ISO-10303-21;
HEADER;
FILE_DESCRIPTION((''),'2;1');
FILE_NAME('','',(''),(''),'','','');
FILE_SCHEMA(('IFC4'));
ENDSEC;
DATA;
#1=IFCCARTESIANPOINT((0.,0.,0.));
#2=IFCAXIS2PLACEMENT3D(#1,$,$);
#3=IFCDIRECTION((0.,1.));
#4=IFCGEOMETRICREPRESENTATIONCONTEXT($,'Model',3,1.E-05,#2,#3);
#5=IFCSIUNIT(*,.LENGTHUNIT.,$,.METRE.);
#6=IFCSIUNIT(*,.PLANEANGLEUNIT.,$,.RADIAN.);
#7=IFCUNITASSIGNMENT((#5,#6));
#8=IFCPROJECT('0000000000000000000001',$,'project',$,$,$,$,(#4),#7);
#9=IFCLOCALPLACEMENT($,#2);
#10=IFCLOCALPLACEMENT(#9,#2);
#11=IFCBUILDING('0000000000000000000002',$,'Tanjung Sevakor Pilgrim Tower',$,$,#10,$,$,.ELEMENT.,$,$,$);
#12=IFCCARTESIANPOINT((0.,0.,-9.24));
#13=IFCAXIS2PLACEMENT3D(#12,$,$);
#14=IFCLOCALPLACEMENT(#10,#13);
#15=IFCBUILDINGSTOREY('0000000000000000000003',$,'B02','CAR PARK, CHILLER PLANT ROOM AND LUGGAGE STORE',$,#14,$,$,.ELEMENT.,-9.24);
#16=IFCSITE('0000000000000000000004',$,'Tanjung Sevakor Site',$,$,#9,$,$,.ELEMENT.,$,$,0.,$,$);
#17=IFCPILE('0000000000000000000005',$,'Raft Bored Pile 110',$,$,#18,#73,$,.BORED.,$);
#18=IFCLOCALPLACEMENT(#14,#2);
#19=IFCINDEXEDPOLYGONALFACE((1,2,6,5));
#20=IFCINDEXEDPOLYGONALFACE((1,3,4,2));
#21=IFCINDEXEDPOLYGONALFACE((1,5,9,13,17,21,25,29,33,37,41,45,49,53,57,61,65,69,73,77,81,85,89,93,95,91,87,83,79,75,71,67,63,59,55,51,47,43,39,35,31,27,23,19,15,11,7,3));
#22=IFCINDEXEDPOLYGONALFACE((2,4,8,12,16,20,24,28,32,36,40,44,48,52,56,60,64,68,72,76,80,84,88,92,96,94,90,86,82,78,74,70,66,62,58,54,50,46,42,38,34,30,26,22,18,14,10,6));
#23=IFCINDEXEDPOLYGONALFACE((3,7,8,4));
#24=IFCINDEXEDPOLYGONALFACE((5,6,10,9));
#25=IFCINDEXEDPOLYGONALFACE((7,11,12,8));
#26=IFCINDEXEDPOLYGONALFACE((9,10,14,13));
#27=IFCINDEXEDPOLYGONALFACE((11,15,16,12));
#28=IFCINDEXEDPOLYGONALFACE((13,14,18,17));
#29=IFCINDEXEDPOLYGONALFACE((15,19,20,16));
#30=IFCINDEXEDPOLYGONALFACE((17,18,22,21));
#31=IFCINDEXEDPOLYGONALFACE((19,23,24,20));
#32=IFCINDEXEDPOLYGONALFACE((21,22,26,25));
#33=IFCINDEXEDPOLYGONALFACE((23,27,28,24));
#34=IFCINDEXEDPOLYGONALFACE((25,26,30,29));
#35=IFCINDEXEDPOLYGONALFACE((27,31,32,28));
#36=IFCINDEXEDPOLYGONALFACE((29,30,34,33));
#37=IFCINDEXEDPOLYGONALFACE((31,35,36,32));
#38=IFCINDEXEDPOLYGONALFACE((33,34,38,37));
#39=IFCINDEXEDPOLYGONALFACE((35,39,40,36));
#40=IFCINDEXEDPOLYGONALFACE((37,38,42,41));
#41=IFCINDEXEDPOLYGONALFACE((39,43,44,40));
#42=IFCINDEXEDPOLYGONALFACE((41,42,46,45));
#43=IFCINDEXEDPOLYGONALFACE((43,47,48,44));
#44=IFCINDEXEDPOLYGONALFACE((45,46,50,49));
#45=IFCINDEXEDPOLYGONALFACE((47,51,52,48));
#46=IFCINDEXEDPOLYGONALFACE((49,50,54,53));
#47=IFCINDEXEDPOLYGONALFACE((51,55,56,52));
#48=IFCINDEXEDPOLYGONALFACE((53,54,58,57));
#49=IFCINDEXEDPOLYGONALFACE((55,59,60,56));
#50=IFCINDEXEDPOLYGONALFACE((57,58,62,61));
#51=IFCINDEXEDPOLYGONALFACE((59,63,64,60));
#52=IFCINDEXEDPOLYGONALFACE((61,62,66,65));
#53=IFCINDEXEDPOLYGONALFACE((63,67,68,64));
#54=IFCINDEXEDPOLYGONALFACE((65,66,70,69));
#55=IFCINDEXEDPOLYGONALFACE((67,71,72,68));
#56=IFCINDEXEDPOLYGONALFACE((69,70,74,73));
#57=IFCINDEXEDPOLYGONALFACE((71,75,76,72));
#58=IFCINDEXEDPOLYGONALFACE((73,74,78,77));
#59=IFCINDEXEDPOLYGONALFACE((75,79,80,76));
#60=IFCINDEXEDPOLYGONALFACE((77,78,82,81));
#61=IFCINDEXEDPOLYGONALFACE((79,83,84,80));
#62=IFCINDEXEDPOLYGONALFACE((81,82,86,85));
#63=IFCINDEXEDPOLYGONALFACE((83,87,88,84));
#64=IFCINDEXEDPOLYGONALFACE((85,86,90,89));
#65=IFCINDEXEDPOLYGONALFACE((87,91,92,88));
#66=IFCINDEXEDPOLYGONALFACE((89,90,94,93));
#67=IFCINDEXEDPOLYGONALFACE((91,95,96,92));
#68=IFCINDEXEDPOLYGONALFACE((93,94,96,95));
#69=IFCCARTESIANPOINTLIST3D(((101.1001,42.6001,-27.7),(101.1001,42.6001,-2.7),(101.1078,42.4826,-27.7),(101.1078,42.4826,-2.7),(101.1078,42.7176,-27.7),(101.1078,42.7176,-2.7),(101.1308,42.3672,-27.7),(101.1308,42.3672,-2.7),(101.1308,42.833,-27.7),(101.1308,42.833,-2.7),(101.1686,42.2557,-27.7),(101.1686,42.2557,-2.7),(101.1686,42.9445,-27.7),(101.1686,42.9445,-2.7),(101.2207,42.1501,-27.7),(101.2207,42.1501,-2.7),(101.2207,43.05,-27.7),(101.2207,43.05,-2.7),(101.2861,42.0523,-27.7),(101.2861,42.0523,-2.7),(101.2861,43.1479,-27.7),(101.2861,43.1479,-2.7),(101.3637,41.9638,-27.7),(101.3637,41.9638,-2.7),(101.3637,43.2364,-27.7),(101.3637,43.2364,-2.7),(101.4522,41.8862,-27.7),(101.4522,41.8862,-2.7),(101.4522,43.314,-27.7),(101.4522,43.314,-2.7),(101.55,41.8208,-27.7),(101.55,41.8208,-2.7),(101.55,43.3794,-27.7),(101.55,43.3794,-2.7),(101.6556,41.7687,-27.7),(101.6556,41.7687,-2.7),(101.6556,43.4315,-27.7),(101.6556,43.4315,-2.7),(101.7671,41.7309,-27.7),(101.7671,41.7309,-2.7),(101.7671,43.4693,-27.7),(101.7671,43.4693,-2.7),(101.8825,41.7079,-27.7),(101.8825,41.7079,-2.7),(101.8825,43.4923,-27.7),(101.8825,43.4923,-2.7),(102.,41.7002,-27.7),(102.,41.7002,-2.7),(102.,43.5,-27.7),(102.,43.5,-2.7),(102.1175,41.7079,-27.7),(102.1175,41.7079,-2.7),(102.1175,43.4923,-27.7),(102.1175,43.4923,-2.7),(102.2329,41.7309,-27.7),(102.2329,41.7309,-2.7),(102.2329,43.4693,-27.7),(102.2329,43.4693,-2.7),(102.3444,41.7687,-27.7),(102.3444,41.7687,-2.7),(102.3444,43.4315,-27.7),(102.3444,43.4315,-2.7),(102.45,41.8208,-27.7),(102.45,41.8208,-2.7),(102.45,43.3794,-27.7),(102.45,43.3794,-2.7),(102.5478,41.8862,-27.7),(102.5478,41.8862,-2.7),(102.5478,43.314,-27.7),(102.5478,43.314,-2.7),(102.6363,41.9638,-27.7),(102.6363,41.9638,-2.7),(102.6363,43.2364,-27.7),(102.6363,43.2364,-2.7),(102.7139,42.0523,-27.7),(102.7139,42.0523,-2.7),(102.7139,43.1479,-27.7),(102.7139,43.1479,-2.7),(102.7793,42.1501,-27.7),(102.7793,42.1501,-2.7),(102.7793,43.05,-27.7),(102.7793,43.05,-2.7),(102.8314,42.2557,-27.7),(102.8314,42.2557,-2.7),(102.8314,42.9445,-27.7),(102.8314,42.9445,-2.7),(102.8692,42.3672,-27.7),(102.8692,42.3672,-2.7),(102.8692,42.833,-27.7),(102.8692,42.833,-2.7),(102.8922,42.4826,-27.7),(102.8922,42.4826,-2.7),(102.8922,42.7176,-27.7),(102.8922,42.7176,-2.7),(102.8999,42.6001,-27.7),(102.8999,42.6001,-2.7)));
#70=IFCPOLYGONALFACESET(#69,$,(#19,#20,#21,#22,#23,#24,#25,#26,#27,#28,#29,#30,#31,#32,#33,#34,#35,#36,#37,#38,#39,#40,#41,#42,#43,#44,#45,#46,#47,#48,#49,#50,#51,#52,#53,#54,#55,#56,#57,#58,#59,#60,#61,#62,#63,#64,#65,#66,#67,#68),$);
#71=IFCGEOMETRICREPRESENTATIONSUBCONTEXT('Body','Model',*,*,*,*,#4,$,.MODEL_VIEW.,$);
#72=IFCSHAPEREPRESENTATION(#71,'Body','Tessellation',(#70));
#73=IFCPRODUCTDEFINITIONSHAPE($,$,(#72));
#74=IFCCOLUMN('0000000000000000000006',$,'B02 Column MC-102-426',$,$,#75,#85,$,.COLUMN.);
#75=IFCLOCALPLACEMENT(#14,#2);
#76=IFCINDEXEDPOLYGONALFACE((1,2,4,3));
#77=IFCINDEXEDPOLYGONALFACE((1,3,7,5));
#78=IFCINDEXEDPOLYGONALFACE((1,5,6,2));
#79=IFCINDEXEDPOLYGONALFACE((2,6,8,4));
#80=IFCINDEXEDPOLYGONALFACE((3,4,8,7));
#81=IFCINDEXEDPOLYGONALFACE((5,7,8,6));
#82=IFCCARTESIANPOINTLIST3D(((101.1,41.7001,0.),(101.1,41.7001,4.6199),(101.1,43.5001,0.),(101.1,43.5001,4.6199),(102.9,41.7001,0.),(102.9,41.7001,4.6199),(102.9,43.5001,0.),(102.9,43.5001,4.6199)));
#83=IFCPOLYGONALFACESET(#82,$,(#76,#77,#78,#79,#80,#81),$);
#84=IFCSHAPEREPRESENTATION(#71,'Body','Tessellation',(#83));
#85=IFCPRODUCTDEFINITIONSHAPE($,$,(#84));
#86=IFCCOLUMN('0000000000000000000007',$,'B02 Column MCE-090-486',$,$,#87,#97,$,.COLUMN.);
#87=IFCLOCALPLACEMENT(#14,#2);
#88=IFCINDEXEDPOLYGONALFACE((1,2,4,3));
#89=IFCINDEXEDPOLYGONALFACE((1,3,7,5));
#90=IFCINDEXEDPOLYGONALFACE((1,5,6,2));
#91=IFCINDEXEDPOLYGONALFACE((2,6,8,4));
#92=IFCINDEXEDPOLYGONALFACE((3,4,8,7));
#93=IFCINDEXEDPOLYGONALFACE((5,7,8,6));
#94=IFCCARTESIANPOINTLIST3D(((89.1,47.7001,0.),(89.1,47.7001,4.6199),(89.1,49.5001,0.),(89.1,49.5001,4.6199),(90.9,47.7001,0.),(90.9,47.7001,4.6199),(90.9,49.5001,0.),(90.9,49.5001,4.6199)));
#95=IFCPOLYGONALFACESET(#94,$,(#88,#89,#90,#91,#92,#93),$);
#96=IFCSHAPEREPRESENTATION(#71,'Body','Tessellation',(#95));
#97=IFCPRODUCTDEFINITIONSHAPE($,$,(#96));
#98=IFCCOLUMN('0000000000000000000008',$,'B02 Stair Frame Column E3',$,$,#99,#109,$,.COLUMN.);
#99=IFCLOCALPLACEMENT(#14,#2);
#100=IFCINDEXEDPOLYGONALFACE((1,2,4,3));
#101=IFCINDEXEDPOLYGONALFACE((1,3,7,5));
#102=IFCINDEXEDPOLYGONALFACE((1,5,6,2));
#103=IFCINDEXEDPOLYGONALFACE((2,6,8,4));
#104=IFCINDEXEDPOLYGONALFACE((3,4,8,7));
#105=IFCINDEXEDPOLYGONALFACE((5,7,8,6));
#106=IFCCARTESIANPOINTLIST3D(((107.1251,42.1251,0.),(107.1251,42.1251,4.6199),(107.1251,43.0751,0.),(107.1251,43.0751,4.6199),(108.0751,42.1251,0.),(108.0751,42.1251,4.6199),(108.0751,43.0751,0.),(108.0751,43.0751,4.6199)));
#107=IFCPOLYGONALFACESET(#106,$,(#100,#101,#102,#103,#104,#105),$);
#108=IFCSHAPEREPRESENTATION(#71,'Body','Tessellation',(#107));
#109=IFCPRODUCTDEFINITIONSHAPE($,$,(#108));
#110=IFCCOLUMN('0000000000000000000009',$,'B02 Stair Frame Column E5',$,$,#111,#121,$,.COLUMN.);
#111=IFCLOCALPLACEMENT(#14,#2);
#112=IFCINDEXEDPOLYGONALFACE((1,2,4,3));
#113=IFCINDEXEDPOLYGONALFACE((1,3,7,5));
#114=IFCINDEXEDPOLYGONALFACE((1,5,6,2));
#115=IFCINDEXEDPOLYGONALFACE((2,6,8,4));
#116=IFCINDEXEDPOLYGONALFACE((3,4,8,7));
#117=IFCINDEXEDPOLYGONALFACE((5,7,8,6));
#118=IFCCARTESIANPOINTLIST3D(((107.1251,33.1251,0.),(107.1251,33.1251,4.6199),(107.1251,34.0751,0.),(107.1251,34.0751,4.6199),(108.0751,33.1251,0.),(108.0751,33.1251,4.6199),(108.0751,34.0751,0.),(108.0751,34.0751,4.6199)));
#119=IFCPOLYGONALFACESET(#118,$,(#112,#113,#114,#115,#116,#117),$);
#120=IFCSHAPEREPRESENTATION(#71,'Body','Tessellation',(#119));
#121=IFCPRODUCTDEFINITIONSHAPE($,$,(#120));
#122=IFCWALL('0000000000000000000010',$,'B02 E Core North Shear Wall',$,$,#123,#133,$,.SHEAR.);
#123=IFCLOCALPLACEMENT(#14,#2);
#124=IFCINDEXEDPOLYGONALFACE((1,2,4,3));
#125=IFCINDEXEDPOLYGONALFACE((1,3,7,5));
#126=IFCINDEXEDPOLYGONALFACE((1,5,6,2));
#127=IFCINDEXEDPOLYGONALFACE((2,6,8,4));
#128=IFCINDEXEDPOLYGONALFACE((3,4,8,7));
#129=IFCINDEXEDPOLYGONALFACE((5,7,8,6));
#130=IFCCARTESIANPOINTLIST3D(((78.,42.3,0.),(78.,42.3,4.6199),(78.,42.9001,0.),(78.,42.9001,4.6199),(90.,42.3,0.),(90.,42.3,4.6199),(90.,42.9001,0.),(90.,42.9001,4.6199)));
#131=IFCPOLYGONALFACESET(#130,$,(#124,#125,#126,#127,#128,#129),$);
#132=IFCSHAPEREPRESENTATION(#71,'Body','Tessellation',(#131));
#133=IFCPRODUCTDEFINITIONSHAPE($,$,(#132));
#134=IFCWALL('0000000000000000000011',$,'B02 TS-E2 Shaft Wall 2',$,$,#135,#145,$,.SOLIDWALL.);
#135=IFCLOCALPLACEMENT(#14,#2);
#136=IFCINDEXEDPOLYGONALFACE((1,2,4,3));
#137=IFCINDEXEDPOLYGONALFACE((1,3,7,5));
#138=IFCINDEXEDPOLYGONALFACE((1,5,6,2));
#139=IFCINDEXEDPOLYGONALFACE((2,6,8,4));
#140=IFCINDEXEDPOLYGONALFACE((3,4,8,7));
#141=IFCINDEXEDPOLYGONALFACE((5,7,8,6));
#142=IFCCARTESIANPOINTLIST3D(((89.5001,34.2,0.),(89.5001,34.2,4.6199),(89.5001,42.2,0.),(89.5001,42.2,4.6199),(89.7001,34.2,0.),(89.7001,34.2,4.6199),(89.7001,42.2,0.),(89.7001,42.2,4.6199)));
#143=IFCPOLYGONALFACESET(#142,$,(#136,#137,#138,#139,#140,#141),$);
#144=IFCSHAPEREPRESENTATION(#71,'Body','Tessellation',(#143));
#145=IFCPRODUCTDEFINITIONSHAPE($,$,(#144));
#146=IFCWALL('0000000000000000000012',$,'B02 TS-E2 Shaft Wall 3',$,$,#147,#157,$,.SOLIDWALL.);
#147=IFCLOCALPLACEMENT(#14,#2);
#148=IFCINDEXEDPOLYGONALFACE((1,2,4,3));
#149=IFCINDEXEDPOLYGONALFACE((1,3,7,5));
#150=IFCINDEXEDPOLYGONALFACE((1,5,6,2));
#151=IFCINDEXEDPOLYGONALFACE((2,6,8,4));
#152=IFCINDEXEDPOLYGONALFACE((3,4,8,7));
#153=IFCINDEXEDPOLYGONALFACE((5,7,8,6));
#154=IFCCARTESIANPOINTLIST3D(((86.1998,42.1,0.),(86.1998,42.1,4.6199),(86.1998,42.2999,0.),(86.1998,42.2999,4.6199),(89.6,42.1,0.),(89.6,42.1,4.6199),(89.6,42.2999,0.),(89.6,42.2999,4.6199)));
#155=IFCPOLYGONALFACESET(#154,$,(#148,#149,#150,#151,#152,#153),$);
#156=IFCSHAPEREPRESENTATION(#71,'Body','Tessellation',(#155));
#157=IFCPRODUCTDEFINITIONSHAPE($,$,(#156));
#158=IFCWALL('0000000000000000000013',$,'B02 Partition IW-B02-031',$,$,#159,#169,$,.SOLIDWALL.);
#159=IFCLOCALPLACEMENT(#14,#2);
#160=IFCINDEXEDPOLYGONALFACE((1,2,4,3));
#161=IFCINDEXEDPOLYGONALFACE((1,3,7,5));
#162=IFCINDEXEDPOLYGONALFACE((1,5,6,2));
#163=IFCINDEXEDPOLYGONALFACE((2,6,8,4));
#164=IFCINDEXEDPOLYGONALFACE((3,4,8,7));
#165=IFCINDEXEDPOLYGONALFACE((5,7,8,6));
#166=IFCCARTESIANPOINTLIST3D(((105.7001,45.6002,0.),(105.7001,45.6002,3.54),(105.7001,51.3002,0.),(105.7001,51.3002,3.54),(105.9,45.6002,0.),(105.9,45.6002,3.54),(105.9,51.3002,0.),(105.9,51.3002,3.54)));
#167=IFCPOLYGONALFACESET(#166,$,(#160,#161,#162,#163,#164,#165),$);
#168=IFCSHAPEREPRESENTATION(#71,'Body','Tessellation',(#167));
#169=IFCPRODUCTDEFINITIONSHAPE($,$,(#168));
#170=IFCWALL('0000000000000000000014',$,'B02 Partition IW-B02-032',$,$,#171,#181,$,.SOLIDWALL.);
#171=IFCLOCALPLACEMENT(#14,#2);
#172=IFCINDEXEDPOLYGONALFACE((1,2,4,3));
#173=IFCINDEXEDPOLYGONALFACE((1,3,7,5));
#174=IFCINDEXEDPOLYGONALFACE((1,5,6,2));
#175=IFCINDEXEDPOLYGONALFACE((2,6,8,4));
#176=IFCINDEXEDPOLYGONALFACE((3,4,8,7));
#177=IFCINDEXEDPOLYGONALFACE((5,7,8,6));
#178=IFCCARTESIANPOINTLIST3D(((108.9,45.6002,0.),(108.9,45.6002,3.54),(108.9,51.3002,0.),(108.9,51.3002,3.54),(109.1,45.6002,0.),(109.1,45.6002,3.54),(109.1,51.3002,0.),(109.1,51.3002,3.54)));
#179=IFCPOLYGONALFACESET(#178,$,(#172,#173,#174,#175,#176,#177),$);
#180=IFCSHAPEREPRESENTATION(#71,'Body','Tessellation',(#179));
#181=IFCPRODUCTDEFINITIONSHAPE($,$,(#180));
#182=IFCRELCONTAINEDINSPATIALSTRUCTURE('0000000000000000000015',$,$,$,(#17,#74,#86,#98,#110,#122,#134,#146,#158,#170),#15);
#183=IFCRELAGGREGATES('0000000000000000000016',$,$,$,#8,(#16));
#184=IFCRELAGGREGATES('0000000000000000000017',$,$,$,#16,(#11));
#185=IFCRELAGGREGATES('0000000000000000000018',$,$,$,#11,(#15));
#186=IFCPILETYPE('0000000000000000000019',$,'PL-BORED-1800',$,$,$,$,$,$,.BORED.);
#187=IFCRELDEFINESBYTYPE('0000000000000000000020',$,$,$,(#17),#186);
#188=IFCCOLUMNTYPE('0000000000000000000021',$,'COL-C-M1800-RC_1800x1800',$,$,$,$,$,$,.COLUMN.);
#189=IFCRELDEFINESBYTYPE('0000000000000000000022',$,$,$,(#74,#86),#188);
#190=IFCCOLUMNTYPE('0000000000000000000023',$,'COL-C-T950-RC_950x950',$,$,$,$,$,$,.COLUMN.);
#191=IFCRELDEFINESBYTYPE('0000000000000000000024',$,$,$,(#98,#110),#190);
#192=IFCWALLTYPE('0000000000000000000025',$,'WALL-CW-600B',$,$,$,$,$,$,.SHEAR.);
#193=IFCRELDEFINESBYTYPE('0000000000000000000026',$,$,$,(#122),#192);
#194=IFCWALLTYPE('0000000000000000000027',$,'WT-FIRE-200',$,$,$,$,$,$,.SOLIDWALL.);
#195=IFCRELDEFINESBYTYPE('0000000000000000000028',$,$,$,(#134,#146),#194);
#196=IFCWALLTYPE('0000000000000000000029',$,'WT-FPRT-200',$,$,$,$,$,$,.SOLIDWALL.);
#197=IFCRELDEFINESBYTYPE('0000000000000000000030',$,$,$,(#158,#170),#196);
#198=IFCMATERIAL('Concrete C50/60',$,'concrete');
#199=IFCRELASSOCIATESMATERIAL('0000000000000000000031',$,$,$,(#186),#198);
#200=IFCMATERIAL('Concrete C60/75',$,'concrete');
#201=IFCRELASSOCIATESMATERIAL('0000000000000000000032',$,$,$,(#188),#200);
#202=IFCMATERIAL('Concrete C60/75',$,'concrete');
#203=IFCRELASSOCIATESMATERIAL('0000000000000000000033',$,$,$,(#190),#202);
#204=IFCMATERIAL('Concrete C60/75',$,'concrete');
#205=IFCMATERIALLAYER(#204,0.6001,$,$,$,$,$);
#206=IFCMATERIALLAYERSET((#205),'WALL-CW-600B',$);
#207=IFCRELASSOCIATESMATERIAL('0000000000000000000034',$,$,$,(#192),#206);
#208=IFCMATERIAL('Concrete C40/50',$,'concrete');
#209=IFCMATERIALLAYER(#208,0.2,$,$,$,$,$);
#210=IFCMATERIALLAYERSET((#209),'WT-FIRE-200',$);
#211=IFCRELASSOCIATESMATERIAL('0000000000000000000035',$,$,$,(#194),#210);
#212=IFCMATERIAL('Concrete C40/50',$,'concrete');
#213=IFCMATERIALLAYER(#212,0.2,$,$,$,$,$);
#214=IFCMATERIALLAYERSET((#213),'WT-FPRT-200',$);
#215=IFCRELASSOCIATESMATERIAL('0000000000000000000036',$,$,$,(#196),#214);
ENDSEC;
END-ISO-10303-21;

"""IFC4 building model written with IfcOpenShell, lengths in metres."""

from ifc_helpers import new_model, si_unit, direction, frame, frame_2d, origin, origin_2d, place, context, subcontext, project, spatial, rectangle, circle, extrude, material, layer, layer_set, material_profile, profile_set, type_object, element, save


model = new_model("IFC4")

# Units and contexts
model_context = context("Model", 3, precision=1e-05, world=origin(), true_north=direction((0.0, 1.0)))
body_context = subcontext(model_context, "Body", "Model", "MODEL_VIEW")
ifc_project = project(units=[si_unit("LENGTHUNIT", "METRE"), si_unit("PLANEANGLEUNIT", "RADIAN")], contexts=[model_context])

# Site, building, storey
site_placement = place(None, origin())
site = spatial("IfcSite", under=ifc_project, at=site_placement, Name="Tanjung Sevakor Site", CompositionType="ELEMENT", RefElevation=0.0)
building_placement = place(site_placement, origin())
building = spatial("IfcBuilding", under=site, at=building_placement, Name="Tanjung Sevakor Pilgrim Tower", CompositionType="ELEMENT")
storey_placement = place(building_placement, frame((0.0, 0.0, -9.24)))
storey = spatial("IfcBuildingStorey", under=building, at=storey_placement, Name="B02", Description="CAR PARK, CHILLER PLANT ROOM AND LUGGAGE STORE", CompositionType="ELEMENT", Elevation=-9.24)

# Pile
ifc_material_1 = material(Name="Concrete C50/60", Category="concrete")
ifc_material_profile_1 = material_profile(ifc_material_1, circle(Radius=0.8999, at=origin_2d()))
ifc_profile_set_1 = profile_set([ifc_material_profile_1], Name="Concrete C50/60")
pile_type_1 = type_object("IfcPileType", Name="PL-BORED-1800", PredefinedType="BORED", material=ifc_profile_set_1)
for number, where, z_axis, x_axis, name in (
    (1, (102.0, 42.6001, -2.7), (0.0, 0.0, -1.0), (1.0, 0.0, 0.0), "Raft Bored Pile 110"),
):
    element("IfcPile", number, at=place(storey_placement, frame(where, z_axis=z_axis, x_axis=x_axis)), inside=storey, type_object=pile_type_1, Name=name, PredefinedType="BORED", context=body_context, shape_type="SweptSolid", body=[
        extrude(circle(Radius=0.8999, at=origin_2d()), origin(), (0.0, 0.0, 1.0), 25.0),
    ])

# Columns
ifc_material_2 = material(Name="Concrete C60/75", Category="concrete")
ifc_material_profile_2 = material_profile(ifc_material_2, rectangle(XDim=1.8, YDim=1.8, at=origin_2d()))
ifc_profile_set_2 = profile_set([ifc_material_profile_2], Name="Concrete C60/75")
column_type_1 = type_object("IfcColumnType", Name="COL-C-M1800-RC_1800x1800", PredefinedType="COLUMN", material=ifc_profile_set_2)
for number, where, z_axis, x_axis, name in (
    (2, (102.0, 42.6001, 0.0), (0.0, 0.0, 1.0), (1.0, 0.0, 0.0), "B02 Column MC-102-426"),
    (3, (90.0, 48.6001, 0.0), (0.0, 0.0, 1.0), (1.0, 0.0, 0.0), "B02 Column MCE-090-486"),
):
    element("IfcColumn", number, at=place(storey_placement, frame(where, z_axis=z_axis, x_axis=x_axis)), inside=storey, type_object=column_type_1, Name=name, PredefinedType="COLUMN", context=body_context, shape_type="SweptSolid", body=[
        extrude(rectangle(XDim=1.8, YDim=1.8, at=origin_2d()), origin(), (0.0, 0.0, 1.0), 4.6199),
    ])
ifc_material_3 = material(Name="Concrete C60/75", Category="concrete")
ifc_material_profile_3 = material_profile(ifc_material_3, rectangle(XDim=0.95, YDim=0.95, at=origin_2d()))
ifc_profile_set_3 = profile_set([ifc_material_profile_3], Name="Concrete C60/75")
column_type_2 = type_object("IfcColumnType", Name="COL-C-T950-RC_950x950", PredefinedType="COLUMN", material=ifc_profile_set_3)
for number, where, z_axis, x_axis, name in (
    (4, (107.6001, 42.6001, 0.0), (0.0, 0.0, 1.0), (1.0, 0.0, 0.0), "B02 Stair Frame Column E3"),
    (5, (107.6001, 33.6001, 0.0), (0.0, 0.0, 1.0), (1.0, 0.0, 0.0), "B02 Stair Frame Column E5"),
):
    element("IfcColumn", number, at=place(storey_placement, frame(where, z_axis=z_axis, x_axis=x_axis)), inside=storey, type_object=column_type_2, Name=name, PredefinedType="COLUMN", context=body_context, shape_type="SweptSolid", body=[
        extrude(rectangle(XDim=0.95, YDim=0.95, at=origin_2d()), origin(), (0.0, 0.0, 1.0), 4.6199),
    ])

# Walls
ifc_material_4 = material(Name="Concrete C60/75", Category="concrete")
ifc_layer_1 = layer(ifc_material_4, 0.6001)
ifc_layer_set_1 = layer_set([ifc_layer_1], Name="WALL-CW-600B")
wall_type_1 = type_object("IfcWallType", Name="WALL-CW-600B", PredefinedType="SHEAR", material=ifc_layer_set_1)
wall_1_placement = place(storey_placement, frame((90.0, 42.6001, 0.0), z_axis=(0.0, 0.0, 1.0), x_axis=(-1.0, 0.0, 0.0)))
element("IfcWall", 6, at=wall_1_placement, inside=storey, type_object=wall_type_1, Name="B02 E Core North Shear Wall", PredefinedType="SHEAR", context=body_context, shape_type="SweptSolid", body=[
    extrude(rectangle(XDim=12.0, YDim=0.6001, at=frame_2d((6.0, 0.0))), origin(), (0.0, 0.0, 1.0), 4.6199),
])
ifc_material_5 = material(Name="Concrete C40/50", Category="concrete")
ifc_layer_2 = layer(ifc_material_5, 0.2)
ifc_layer_set_2 = layer_set([ifc_layer_2], Name="WT-FIRE-200")
wall_type_2 = type_object("IfcWallType", Name="WT-FIRE-200", PredefinedType="SOLIDWALL", material=ifc_layer_set_2)
wall_2_placement = place(storey_placement, frame((89.6001, 34.2, 0.0), z_axis=(0.0, 0.0, 1.0), x_axis=(0.0, 1.0, 0.0)))
element("IfcWall", 7, at=wall_2_placement, inside=storey, type_object=wall_type_2, Name="B02 TS-E2 Shaft Wall 2", PredefinedType="SOLIDWALL", context=body_context, shape_type="SweptSolid", body=[
    extrude(rectangle(XDim=8.0, YDim=0.2, at=frame_2d((4.0, 0.0))), origin(), (0.0, 0.0, 1.0), 4.6199),
])
wall_3_placement = place(storey_placement, frame((89.6001, 42.2, 0.0), z_axis=(0.0, 0.0, 1.0), x_axis=(-1.0, 0.0, 0.0)))
element("IfcWall", 8, at=wall_3_placement, inside=storey, type_object=wall_type_2, Name="B02 TS-E2 Shaft Wall 3", PredefinedType="SOLIDWALL", context=body_context, shape_type="SweptSolid", body=[
    extrude(rectangle(XDim=3.4001, YDim=0.2, at=frame_2d((1.7002, 0.0))), origin(), (0.0, 0.0, 1.0), 4.6199),
])
ifc_material_6 = material(Name="Concrete C40/50", Category="concrete")
ifc_layer_3 = layer(ifc_material_6, 0.2)
ifc_layer_set_3 = layer_set([ifc_layer_3], Name="WT-FPRT-200")
wall_type_3 = type_object("IfcWallType", Name="WT-FPRT-200", PredefinedType="SOLIDWALL", material=ifc_layer_set_3)
for number, where, z_axis, x_axis, name in (
    (9, (105.8, 45.6001, 0.0), (0.0, 0.0, 1.0), (0.0, 1.0, 0.0), "B02 Partition IW-B02-031"),
    (10, (109.0, 45.6001, 0.0), (0.0, 0.0, 1.0), (0.0, 1.0, 0.0), "B02 Partition IW-B02-032"),
):
    element("IfcWall", number, at=place(storey_placement, frame(where, z_axis=z_axis, x_axis=x_axis)), inside=storey, type_object=wall_type_3, Name=name, PredefinedType="SOLIDWALL", context=body_context, shape_type="SweptSolid", body=[
        extrude(rectangle(XDim=5.7, YDim=0.2, at=frame_2d((2.8501, 0.0))), origin(), (0.0, 0.0, 1.0), 3.54),
    ])

save(model, "model.ifc")
